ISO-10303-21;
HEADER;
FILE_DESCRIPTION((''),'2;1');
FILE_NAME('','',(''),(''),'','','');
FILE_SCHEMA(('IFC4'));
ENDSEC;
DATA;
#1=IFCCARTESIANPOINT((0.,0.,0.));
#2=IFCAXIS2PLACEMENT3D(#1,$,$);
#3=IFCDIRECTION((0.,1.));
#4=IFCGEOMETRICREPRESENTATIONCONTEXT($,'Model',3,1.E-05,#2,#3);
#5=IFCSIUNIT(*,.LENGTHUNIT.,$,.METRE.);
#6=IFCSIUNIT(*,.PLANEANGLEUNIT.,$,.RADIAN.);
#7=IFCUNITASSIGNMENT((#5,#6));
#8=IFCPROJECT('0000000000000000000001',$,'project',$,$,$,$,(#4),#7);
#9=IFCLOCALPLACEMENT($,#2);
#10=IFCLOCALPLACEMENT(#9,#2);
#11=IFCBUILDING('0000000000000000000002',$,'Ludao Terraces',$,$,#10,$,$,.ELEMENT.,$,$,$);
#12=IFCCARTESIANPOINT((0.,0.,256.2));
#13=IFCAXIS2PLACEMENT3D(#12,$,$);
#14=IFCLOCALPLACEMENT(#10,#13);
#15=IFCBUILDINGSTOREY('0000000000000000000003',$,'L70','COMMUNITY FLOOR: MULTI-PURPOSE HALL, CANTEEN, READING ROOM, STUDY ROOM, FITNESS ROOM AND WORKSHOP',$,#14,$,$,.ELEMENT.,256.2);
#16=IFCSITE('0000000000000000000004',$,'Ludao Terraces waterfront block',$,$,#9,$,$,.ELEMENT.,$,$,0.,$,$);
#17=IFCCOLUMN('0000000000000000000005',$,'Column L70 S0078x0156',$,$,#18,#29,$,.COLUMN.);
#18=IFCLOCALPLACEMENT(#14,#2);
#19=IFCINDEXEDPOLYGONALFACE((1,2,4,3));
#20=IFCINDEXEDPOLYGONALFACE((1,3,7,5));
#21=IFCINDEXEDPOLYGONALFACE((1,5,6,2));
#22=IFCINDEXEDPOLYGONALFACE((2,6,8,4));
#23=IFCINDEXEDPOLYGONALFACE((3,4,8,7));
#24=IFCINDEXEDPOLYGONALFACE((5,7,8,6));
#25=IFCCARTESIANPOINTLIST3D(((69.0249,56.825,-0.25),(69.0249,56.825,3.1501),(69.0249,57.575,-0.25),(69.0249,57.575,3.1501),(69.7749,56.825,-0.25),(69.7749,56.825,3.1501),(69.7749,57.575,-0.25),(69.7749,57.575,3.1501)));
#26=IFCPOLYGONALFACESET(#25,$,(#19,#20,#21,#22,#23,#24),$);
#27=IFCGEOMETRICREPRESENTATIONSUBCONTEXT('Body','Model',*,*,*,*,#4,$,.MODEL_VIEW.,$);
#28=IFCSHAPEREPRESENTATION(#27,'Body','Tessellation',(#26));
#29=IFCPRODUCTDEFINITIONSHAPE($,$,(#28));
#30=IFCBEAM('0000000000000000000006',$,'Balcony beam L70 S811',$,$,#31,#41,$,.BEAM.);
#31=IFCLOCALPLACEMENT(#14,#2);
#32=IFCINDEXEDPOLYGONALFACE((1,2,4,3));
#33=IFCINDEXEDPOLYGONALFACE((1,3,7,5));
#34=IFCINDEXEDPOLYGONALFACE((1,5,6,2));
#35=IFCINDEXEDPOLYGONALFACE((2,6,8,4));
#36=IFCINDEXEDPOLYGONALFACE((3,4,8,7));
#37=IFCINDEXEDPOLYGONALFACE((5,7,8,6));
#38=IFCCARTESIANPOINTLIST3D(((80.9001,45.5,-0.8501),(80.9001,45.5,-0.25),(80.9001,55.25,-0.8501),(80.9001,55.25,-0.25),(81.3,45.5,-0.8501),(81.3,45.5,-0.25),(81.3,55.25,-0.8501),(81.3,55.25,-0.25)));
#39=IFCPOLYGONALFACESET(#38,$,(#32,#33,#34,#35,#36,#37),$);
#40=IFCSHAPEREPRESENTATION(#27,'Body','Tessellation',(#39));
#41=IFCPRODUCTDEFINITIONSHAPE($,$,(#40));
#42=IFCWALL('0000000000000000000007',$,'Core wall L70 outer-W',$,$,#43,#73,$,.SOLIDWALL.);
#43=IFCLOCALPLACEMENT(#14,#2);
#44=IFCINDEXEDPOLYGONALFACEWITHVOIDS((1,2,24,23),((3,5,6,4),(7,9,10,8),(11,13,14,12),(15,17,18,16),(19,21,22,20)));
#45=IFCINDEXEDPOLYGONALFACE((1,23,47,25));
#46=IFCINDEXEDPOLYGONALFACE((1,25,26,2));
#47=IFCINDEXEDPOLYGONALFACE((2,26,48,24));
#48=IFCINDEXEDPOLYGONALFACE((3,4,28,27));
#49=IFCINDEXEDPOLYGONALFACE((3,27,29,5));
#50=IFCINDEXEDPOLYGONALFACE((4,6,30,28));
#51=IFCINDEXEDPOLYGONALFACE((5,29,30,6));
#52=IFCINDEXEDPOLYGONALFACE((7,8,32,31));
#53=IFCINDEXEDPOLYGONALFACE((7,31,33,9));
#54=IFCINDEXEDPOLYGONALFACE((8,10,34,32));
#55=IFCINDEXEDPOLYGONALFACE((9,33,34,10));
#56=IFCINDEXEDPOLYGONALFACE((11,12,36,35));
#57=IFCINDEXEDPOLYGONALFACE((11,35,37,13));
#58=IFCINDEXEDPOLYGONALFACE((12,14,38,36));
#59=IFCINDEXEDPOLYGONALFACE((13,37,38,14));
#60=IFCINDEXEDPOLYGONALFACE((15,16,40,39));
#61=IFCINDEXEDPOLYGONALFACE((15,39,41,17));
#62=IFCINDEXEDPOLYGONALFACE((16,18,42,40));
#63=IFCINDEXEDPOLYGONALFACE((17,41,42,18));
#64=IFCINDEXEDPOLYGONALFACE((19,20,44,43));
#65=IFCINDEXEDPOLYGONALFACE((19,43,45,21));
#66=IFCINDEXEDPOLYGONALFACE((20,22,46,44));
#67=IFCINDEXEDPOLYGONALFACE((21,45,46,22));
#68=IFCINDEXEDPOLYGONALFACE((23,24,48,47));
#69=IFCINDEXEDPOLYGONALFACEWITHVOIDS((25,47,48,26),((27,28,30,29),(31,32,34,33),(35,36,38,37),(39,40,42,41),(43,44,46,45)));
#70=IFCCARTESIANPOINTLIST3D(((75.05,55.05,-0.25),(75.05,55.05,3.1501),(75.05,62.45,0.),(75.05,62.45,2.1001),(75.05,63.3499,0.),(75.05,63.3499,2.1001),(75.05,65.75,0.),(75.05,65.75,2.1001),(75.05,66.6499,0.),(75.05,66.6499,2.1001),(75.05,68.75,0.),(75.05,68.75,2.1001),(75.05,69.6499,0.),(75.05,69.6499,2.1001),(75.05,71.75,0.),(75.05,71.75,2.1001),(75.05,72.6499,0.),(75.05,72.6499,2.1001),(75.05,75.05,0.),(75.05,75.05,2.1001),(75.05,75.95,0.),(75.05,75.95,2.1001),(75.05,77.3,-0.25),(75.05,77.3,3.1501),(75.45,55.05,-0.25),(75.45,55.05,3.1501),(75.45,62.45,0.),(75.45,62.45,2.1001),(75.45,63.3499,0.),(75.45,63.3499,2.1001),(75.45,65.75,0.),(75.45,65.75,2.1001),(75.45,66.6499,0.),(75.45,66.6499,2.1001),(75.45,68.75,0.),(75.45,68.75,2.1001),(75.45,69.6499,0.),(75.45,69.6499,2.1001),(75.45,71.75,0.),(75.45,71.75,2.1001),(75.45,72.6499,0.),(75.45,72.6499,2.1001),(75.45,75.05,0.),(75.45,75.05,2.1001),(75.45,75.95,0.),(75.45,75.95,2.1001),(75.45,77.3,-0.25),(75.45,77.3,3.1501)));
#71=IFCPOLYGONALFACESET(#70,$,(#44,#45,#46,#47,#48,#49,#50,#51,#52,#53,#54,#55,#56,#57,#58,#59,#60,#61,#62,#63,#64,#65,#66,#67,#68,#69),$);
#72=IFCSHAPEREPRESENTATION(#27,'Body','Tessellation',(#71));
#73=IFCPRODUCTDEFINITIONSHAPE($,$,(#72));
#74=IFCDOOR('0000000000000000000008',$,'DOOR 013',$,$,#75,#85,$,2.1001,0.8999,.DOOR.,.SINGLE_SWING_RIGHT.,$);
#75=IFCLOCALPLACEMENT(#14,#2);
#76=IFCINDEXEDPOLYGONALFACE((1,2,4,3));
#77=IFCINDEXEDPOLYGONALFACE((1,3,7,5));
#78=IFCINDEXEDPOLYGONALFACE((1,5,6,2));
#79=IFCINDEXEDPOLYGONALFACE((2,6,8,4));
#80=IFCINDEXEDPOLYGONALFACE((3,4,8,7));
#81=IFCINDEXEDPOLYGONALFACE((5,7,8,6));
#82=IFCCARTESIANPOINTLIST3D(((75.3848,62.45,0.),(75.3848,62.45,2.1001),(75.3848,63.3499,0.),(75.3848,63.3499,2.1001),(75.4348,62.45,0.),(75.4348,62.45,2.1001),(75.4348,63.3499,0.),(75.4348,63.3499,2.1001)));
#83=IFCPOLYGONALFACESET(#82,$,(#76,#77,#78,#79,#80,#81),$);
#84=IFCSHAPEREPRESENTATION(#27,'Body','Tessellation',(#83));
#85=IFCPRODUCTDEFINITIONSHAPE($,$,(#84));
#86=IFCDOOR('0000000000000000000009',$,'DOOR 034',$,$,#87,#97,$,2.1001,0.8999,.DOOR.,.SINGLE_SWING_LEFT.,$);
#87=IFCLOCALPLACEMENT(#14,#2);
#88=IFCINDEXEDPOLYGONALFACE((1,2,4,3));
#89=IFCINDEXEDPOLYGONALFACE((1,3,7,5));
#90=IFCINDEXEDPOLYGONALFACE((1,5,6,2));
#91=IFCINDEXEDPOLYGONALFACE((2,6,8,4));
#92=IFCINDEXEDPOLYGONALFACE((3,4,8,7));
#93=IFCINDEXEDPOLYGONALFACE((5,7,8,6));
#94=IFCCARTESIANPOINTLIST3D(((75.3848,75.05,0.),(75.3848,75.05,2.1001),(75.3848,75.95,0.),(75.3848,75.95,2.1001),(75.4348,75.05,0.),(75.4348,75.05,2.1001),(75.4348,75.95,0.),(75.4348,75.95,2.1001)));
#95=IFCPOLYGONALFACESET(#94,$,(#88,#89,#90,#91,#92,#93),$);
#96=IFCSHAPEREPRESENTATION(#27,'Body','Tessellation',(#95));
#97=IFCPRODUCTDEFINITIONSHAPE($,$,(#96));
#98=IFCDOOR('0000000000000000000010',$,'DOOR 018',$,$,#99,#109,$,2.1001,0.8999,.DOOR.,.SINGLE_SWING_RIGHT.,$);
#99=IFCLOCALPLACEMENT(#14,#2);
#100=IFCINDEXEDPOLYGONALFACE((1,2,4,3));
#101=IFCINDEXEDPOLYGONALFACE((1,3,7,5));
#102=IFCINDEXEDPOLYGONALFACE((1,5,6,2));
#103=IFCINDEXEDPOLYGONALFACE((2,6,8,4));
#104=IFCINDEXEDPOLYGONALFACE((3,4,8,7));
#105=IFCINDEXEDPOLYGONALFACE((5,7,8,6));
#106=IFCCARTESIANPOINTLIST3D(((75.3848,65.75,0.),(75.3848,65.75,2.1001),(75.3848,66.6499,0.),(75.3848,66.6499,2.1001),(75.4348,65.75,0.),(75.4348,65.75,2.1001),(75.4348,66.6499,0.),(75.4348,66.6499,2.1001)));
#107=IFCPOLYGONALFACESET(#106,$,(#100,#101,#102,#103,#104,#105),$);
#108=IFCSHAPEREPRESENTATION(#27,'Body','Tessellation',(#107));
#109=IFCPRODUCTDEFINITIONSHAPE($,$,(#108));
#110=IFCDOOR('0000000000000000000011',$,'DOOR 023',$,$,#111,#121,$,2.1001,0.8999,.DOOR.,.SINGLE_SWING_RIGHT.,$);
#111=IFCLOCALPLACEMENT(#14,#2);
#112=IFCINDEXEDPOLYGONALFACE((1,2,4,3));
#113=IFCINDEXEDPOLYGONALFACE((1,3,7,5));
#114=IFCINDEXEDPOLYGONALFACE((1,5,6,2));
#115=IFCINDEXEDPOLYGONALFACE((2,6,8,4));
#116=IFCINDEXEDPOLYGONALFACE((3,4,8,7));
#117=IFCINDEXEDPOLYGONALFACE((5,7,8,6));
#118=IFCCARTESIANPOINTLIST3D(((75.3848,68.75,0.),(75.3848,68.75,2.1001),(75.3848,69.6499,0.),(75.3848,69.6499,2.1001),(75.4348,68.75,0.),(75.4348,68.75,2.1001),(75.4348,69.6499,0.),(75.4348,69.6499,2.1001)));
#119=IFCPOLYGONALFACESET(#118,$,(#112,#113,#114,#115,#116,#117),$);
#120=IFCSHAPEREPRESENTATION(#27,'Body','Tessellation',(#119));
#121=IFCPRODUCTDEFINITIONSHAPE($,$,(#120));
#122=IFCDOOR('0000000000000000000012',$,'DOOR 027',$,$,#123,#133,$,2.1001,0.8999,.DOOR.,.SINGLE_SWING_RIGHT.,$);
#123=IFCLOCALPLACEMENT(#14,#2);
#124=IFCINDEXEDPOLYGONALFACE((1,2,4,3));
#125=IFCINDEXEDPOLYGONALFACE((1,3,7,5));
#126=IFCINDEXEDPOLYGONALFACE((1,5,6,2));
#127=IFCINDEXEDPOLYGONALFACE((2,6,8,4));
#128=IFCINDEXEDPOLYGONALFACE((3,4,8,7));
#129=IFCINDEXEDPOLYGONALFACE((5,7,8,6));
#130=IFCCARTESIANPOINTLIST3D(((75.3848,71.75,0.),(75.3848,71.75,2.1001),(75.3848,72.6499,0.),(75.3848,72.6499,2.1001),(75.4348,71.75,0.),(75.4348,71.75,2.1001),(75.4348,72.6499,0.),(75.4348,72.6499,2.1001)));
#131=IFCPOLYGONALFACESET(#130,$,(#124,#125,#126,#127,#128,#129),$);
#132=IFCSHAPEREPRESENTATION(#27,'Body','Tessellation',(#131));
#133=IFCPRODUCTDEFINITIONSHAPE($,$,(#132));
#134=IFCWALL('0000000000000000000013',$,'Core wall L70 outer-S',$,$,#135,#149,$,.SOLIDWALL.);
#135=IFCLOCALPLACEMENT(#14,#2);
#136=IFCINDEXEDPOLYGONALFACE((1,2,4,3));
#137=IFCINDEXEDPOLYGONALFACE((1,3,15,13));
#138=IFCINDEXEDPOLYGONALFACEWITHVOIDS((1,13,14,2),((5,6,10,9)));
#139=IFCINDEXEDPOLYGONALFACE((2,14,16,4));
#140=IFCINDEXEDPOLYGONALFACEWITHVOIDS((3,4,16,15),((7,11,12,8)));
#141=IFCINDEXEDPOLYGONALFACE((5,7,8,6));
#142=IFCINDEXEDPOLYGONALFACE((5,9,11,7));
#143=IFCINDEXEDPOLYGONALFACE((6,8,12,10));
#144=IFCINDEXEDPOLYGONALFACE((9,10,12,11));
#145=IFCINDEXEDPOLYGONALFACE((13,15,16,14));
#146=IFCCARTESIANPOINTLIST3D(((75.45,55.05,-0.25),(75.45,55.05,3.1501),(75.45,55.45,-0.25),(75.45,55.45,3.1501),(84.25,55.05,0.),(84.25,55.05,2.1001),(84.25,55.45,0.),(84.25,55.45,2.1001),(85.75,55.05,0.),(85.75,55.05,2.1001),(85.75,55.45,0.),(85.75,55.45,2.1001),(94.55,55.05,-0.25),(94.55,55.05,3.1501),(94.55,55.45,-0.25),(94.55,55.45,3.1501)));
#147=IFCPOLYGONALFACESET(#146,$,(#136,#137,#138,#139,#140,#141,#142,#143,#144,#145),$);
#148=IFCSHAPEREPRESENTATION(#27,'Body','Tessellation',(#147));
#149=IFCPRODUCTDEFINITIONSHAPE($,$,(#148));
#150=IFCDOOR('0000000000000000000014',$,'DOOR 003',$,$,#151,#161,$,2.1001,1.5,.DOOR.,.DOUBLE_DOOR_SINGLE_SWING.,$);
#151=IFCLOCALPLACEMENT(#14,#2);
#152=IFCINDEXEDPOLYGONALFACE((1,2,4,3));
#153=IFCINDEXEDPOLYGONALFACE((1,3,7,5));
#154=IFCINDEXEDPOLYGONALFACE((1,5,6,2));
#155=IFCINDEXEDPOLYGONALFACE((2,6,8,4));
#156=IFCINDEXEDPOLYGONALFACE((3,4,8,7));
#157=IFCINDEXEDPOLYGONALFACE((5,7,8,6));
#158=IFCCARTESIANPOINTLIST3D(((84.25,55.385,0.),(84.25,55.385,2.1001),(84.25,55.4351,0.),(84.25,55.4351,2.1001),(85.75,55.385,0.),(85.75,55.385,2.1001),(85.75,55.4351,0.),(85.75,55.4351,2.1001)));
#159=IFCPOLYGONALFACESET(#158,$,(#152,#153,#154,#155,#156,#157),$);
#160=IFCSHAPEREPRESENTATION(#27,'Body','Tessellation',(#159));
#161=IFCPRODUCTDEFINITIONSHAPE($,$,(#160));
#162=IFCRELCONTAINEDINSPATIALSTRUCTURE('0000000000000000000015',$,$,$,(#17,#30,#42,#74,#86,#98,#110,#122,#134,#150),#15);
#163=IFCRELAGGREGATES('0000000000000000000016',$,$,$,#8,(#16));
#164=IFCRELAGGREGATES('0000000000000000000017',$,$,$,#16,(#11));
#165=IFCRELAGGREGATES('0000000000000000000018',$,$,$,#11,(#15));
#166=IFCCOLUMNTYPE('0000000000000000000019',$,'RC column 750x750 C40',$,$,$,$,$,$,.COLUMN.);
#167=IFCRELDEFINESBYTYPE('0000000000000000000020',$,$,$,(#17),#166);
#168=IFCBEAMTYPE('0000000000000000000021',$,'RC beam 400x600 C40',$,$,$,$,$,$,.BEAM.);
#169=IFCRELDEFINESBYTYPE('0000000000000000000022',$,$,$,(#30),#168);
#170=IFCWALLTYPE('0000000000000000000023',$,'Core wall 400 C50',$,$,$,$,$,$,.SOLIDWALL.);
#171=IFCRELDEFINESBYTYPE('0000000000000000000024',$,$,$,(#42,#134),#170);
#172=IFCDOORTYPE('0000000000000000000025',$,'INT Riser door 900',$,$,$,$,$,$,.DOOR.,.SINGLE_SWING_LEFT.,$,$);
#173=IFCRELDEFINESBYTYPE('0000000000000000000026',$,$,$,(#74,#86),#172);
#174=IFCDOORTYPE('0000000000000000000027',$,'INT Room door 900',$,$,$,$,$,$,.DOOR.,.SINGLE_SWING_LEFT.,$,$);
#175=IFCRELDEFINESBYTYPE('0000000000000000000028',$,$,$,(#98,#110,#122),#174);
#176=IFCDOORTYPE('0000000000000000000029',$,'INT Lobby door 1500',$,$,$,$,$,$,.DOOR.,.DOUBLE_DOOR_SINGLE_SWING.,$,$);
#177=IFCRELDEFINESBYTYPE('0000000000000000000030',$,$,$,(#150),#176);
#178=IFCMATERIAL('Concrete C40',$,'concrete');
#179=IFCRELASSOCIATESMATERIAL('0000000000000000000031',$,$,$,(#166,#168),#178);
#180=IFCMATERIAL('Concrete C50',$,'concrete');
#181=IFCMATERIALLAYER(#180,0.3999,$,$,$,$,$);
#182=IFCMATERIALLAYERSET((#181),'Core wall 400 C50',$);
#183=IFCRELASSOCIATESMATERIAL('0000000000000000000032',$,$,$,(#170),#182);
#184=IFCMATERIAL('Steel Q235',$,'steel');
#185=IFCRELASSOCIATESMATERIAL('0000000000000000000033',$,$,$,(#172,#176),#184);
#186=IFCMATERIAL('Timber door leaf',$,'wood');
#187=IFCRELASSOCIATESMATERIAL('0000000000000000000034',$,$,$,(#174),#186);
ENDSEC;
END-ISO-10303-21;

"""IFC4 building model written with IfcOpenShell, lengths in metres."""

from ifc_helpers import new_model, si_unit, direction, frame, frame_2d, origin, origin_2d, place, context, subcontext, project, spatial, rectangle, extrude, material, layer, layer_set, material_profile, profile_set, type_object, element, fill, save


model = new_model("IFC4")

# Units and contexts
model_context = context("Model", 3, precision=1e-05, world=origin(), true_north=direction((0.0, 1.0)))
body_context = subcontext(model_context, "Body", "Model", "MODEL_VIEW")
ifc_project = project(units=[si_unit("LENGTHUNIT", "METRE"), si_unit("PLANEANGLEUNIT", "RADIAN")], contexts=[model_context])

# Site, building, storey
site_placement = place(None, origin())
site = spatial("IfcSite", under=ifc_project, at=site_placement, Name="Ludao Terraces waterfront block", CompositionType="ELEMENT", RefElevation=0.0)
building_placement = place(site_placement, origin())
building = spatial("IfcBuilding", under=site, at=building_placement, Name="Ludao Terraces", CompositionType="ELEMENT")
storey_placement = place(building_placement, frame((0.0, 0.0, 256.2)))
storey = spatial("IfcBuildingStorey", under=building, at=storey_placement, Name="L70", Description="COMMUNITY FLOOR: MULTI-PURPOSE HALL, CANTEEN, READING ROOM, STUDY ROOM, FITNESS ROOM AND WORKSHOP", CompositionType="ELEMENT", Elevation=256.2)

# Column
ifc_material_1 = material(Name="Concrete C40", Category="concrete")
ifc_material_profile_1 = material_profile(ifc_material_1, rectangle(XDim=0.75, YDim=0.75, at=origin_2d()), Name="750 X 750")
ifc_profile_set_1 = profile_set([ifc_material_profile_1], Name="Concrete C40")
column_type = type_object("IfcColumnType", Name="RC column 750x750 C40", PredefinedType="COLUMN", material=ifc_profile_set_1)
column_placement = place(storey_placement, frame((69.3999, 57.2, -0.25), z_axis=(0.0, 0.0, 1.0), x_axis=(1.0, 0.0, 0.0)))
element("IfcColumn", 1, at=column_placement, inside=storey, type_object=column_type, Name="Column L70 S0078x0156", PredefinedType="COLUMN", context=body_context, shape_type="SweptSolid", body=[
    extrude(rectangle(XDim=0.75, YDim=0.75, at=origin_2d()), origin(), (0.0, 0.0, 1.0), 3.4001),
])

# Beam
ifc_material_profile_2 = material_profile(ifc_material_1, rectangle(XDim=0.3999, YDim=0.6001, at=origin_2d()), Name="400 X 600")
ifc_profile_set_2 = profile_set([ifc_material_profile_2], Name="Concrete C40")
beam_type = type_object("IfcBeamType", Name="RC beam 400x600 C40", PredefinedType="BEAM", material=ifc_profile_set_2)
beam_placement = place(storey_placement, frame((81.1001, 55.25, -0.55), z_axis=(0.0, -1.0, 0.0), x_axis=(1.0, 0.0, 0.0)))
element("IfcBeam", 2, at=beam_placement, inside=storey, type_object=beam_type, Name="Balcony beam L70 S811", PredefinedType="BEAM", context=body_context, shape_type="SweptSolid", body=[
    extrude(rectangle(XDim=0.3999, YDim=0.6001, at=origin_2d()), origin(), (0.0, 0.0, 1.0), 9.75),
])

# Wall, openings, doors
ifc_material_2 = material(Name="Concrete C50", Category="concrete")
ifc_layer_1 = layer(ifc_material_2, 0.3999)
ifc_layer_set_1 = layer_set([ifc_layer_1], Name="Core wall 400 C50")
wall_type_1 = type_object("IfcWallType", Name="Core wall 400 C50", PredefinedType="SOLIDWALL", material=ifc_layer_set_1)
wall_1_placement = place(storey_placement, frame((75.25, 55.05, -0.25), z_axis=(0.0, 0.0, 1.0), x_axis=(0.0, 1.0, 0.0)))
wall_1 = element("IfcWall", 3, at=wall_1_placement, inside=storey, type_object=wall_type_1, Name="Core wall L70 outer-W", PredefinedType="SOLIDWALL", context=body_context, shape_type="SweptSolid", body=[
    extrude(rectangle(XDim=22.25, YDim=0.3999, at=frame_2d((11.125, 0.0))), origin(), (0.0, 0.0, 1.0), 3.4001),
])
opening_1_placement = place(wall_1_placement, frame((7.3999, 0.0, 0.25)))
opening_1 = element("IfcOpeningElement", 4, at=opening_1_placement, cuts=wall_1, PredefinedType="OPENING", context=body_context, shape_type="SweptSolid", body=[
    extrude(rectangle(XDim=0.8999, YDim=2.1001, at=frame_2d((0.45, 1.05))), frame((0.0, 0.21, 0.0), z_axis=(0.0, -1.0, 0.0), x_axis=(1.0, 0.0, 0.0)), (0.0, 0.0, 1.0), 0.4199),
])
opening_2_placement = place(wall_1_placement, frame((10.7, 0.0, 0.25)))
opening_2 = element("IfcOpeningElement", 5, at=opening_2_placement, cuts=wall_1, PredefinedType="OPENING", context=body_context, shape_type="SweptSolid", body=[
    extrude(rectangle(XDim=0.8999, YDim=2.1001, at=frame_2d((0.45, 1.05))), frame((0.0, 0.21, 0.0), z_axis=(0.0, -1.0, 0.0), x_axis=(1.0, 0.0, 0.0)), (0.0, 0.0, 1.0), 0.4199),
])
opening_3_placement = place(wall_1_placement, frame((13.7, 0.0, 0.25)))
opening_3 = element("IfcOpeningElement", 6, at=opening_3_placement, cuts=wall_1, PredefinedType="OPENING", context=body_context, shape_type="SweptSolid", body=[
    extrude(rectangle(XDim=0.8999, YDim=2.1001, at=frame_2d((0.45, 1.05))), frame((0.0, 0.21, 0.0), z_axis=(0.0, -1.0, 0.0), x_axis=(1.0, 0.0, 0.0)), (0.0, 0.0, 1.0), 0.4199),
])
opening_4_placement = place(wall_1_placement, frame((16.7, 0.0, 0.25)))
opening_4 = element("IfcOpeningElement", 7, at=opening_4_placement, cuts=wall_1, PredefinedType="OPENING", context=body_context, shape_type="SweptSolid", body=[
    extrude(rectangle(XDim=0.8999, YDim=2.1001, at=frame_2d((0.45, 1.05))), frame((0.0, 0.21, 0.0), z_axis=(0.0, -1.0, 0.0), x_axis=(1.0, 0.0, 0.0)), (0.0, 0.0, 1.0), 0.4199),
])
opening_5_placement = place(wall_1_placement, frame((20.0, 0.0, 0.25)))
opening_5 = element("IfcOpeningElement", 8, at=opening_5_placement, cuts=wall_1, PredefinedType="OPENING", context=body_context, shape_type="SweptSolid", body=[
    extrude(rectangle(XDim=0.8999, YDim=2.1001, at=frame_2d((0.45, 1.05))), frame((0.0, 0.21, 0.0), z_axis=(0.0, -1.0, 0.0), x_axis=(1.0, 0.0, 0.0)), (0.0, 0.0, 1.0), 0.4199),
])
ifc_material_3 = material(Name="Steel Q235", Category="steel")
door_type_1 = type_object("IfcDoorType", Name="INT Riser door 900", OperationType="SINGLE_SWING_LEFT", PredefinedType="DOOR", material=ifc_material_3)
door_1_placement = place(opening_1_placement, origin())
door_1 = element("IfcDoor", 9, at=door_1_placement, inside=storey, type_object=door_type_1, Name="DOOR 013", OperationType="SINGLE_SWING_RIGHT", OverallHeight=2.1001, OverallWidth=0.8999, PredefinedType="DOOR", context=body_context, shape_type="SweptSolid", body=[
    extrude(rectangle(XDim=0.8999, YDim=2.1001, at=frame_2d((0.45, 1.05))), frame((0.0, -0.1348, 0.0), z_axis=(0.0, -1.0, 0.0), x_axis=(1.0, 0.0, 0.0)), (0.0, 0.0, 1.0), 0.05),
])
fill(opening_1, door_1)
door_2_placement = place(opening_5_placement, origin())
door_2 = element("IfcDoor", 10, at=door_2_placement, inside=storey, type_object=door_type_1, Name="DOOR 034", OperationType="SINGLE_SWING_LEFT", OverallHeight=2.1001, OverallWidth=0.8999, PredefinedType="DOOR", context=body_context, shape_type="SweptSolid", body=[
    extrude(rectangle(XDim=0.8999, YDim=2.1001, at=frame_2d((0.45, 1.05))), frame((0.0, -0.1348, 0.0), z_axis=(0.0, -1.0, 0.0), x_axis=(1.0, 0.0, 0.0)), (0.0, 0.0, 1.0), 0.05),
])
fill(opening_5, door_2)
ifc_material_4 = material(Name="Timber door leaf", Category="wood")
door_type_2 = type_object("IfcDoorType", Name="INT Room door 900", OperationType="SINGLE_SWING_LEFT", PredefinedType="DOOR", material=ifc_material_4)
door_3_placement = place(opening_2_placement, origin())
door_3 = element("IfcDoor", 11, at=door_3_placement, inside=storey, type_object=door_type_2, Name="DOOR 018", OperationType="SINGLE_SWING_RIGHT", OverallHeight=2.1001, OverallWidth=0.8999, PredefinedType="DOOR", context=body_context, shape_type="SweptSolid", body=[
    extrude(rectangle(XDim=0.8999, YDim=2.1001, at=frame_2d((0.45, 1.05))), frame((0.0, -0.1348, 0.0), z_axis=(0.0, -1.0, 0.0), x_axis=(1.0, 0.0, 0.0)), (0.0, 0.0, 1.0), 0.05),
])
fill(opening_2, door_3)
door_4_placement = place(opening_3_placement, origin())
door_4 = element("IfcDoor", 12, at=door_4_placement, inside=storey, type_object=door_type_2, Name="DOOR 023", OperationType="SINGLE_SWING_RIGHT", OverallHeight=2.1001, OverallWidth=0.8999, PredefinedType="DOOR", context=body_context, shape_type="SweptSolid", body=[
    extrude(rectangle(XDim=0.8999, YDim=2.1001, at=frame_2d((0.45, 1.05))), frame((0.0, -0.1348, 0.0), z_axis=(0.0, -1.0, 0.0), x_axis=(1.0, 0.0, 0.0)), (0.0, 0.0, 1.0), 0.05),
])
fill(opening_3, door_4)
door_5_placement = place(opening_4_placement, origin())
door_5 = element("IfcDoor", 13, at=door_5_placement, inside=storey, type_object=door_type_2, Name="DOOR 027", OperationType="SINGLE_SWING_RIGHT", OverallHeight=2.1001, OverallWidth=0.8999, PredefinedType="DOOR", context=body_context, shape_type="SweptSolid", body=[
    extrude(rectangle(XDim=0.8999, YDim=2.1001, at=frame_2d((0.45, 1.05))), frame((0.0, -0.1348, 0.0), z_axis=(0.0, -1.0, 0.0), x_axis=(1.0, 0.0, 0.0)), (0.0, 0.0, 1.0), 0.05),
])
fill(opening_4, door_5)

# Wall, opening, door
wall_2_placement = place(storey_placement, frame((75.45, 55.25, -0.25), z_axis=(0.0, 0.0, 1.0), x_axis=(1.0, 0.0, 0.0)))
wall_2 = element("IfcWall", 14, at=wall_2_placement, inside=storey, type_object=wall_type_1, Name="Core wall L70 outer-S", PredefinedType="SOLIDWALL", context=body_context, shape_type="SweptSolid", body=[
    extrude(rectangle(XDim=19.1001, YDim=0.3999, at=frame_2d((9.55, 0.0))), origin(), (0.0, 0.0, 1.0), 3.4001),
])
opening_6_placement = place(wall_2_placement, frame((8.8, 0.0, 0.25)))
opening_6 = element("IfcOpeningElement", 15, at=opening_6_placement, cuts=wall_2, PredefinedType="OPENING", context=body_context, shape_type="SweptSolid", body=[
    extrude(rectangle(XDim=1.5, YDim=2.1001, at=frame_2d((0.75, 1.05))), frame((0.0, 0.21, 0.0), z_axis=(0.0, -1.0, 0.0), x_axis=(1.0, 0.0, 0.0)), (0.0, 0.0, 1.0), 0.4199),
])
door_type_3 = type_object("IfcDoorType", Name="INT Lobby door 1500", OperationType="DOUBLE_DOOR_SINGLE_SWING", PredefinedType="DOOR", material=ifc_material_3)
door_6_placement = place(opening_6_placement, origin())
door_6 = element("IfcDoor", 16, at=door_6_placement, inside=storey, type_object=door_type_3, Name="DOOR 003", OperationType="DOUBLE_DOOR_SINGLE_SWING", OverallHeight=2.1001, OverallWidth=1.5, PredefinedType="DOOR", context=body_context, shape_type="SweptSolid", body=[
    extrude(rectangle(XDim=1.5, YDim=2.1001, at=frame_2d((0.75, 1.05))), frame((0.0, 0.1851, 0.0), z_axis=(0.0, -1.0, 0.0), x_axis=(1.0, 0.0, 0.0)), (0.0, 0.0, 1.0), 0.05),
])
fill(opening_6, door_6)

save(model, "model.ifc")
